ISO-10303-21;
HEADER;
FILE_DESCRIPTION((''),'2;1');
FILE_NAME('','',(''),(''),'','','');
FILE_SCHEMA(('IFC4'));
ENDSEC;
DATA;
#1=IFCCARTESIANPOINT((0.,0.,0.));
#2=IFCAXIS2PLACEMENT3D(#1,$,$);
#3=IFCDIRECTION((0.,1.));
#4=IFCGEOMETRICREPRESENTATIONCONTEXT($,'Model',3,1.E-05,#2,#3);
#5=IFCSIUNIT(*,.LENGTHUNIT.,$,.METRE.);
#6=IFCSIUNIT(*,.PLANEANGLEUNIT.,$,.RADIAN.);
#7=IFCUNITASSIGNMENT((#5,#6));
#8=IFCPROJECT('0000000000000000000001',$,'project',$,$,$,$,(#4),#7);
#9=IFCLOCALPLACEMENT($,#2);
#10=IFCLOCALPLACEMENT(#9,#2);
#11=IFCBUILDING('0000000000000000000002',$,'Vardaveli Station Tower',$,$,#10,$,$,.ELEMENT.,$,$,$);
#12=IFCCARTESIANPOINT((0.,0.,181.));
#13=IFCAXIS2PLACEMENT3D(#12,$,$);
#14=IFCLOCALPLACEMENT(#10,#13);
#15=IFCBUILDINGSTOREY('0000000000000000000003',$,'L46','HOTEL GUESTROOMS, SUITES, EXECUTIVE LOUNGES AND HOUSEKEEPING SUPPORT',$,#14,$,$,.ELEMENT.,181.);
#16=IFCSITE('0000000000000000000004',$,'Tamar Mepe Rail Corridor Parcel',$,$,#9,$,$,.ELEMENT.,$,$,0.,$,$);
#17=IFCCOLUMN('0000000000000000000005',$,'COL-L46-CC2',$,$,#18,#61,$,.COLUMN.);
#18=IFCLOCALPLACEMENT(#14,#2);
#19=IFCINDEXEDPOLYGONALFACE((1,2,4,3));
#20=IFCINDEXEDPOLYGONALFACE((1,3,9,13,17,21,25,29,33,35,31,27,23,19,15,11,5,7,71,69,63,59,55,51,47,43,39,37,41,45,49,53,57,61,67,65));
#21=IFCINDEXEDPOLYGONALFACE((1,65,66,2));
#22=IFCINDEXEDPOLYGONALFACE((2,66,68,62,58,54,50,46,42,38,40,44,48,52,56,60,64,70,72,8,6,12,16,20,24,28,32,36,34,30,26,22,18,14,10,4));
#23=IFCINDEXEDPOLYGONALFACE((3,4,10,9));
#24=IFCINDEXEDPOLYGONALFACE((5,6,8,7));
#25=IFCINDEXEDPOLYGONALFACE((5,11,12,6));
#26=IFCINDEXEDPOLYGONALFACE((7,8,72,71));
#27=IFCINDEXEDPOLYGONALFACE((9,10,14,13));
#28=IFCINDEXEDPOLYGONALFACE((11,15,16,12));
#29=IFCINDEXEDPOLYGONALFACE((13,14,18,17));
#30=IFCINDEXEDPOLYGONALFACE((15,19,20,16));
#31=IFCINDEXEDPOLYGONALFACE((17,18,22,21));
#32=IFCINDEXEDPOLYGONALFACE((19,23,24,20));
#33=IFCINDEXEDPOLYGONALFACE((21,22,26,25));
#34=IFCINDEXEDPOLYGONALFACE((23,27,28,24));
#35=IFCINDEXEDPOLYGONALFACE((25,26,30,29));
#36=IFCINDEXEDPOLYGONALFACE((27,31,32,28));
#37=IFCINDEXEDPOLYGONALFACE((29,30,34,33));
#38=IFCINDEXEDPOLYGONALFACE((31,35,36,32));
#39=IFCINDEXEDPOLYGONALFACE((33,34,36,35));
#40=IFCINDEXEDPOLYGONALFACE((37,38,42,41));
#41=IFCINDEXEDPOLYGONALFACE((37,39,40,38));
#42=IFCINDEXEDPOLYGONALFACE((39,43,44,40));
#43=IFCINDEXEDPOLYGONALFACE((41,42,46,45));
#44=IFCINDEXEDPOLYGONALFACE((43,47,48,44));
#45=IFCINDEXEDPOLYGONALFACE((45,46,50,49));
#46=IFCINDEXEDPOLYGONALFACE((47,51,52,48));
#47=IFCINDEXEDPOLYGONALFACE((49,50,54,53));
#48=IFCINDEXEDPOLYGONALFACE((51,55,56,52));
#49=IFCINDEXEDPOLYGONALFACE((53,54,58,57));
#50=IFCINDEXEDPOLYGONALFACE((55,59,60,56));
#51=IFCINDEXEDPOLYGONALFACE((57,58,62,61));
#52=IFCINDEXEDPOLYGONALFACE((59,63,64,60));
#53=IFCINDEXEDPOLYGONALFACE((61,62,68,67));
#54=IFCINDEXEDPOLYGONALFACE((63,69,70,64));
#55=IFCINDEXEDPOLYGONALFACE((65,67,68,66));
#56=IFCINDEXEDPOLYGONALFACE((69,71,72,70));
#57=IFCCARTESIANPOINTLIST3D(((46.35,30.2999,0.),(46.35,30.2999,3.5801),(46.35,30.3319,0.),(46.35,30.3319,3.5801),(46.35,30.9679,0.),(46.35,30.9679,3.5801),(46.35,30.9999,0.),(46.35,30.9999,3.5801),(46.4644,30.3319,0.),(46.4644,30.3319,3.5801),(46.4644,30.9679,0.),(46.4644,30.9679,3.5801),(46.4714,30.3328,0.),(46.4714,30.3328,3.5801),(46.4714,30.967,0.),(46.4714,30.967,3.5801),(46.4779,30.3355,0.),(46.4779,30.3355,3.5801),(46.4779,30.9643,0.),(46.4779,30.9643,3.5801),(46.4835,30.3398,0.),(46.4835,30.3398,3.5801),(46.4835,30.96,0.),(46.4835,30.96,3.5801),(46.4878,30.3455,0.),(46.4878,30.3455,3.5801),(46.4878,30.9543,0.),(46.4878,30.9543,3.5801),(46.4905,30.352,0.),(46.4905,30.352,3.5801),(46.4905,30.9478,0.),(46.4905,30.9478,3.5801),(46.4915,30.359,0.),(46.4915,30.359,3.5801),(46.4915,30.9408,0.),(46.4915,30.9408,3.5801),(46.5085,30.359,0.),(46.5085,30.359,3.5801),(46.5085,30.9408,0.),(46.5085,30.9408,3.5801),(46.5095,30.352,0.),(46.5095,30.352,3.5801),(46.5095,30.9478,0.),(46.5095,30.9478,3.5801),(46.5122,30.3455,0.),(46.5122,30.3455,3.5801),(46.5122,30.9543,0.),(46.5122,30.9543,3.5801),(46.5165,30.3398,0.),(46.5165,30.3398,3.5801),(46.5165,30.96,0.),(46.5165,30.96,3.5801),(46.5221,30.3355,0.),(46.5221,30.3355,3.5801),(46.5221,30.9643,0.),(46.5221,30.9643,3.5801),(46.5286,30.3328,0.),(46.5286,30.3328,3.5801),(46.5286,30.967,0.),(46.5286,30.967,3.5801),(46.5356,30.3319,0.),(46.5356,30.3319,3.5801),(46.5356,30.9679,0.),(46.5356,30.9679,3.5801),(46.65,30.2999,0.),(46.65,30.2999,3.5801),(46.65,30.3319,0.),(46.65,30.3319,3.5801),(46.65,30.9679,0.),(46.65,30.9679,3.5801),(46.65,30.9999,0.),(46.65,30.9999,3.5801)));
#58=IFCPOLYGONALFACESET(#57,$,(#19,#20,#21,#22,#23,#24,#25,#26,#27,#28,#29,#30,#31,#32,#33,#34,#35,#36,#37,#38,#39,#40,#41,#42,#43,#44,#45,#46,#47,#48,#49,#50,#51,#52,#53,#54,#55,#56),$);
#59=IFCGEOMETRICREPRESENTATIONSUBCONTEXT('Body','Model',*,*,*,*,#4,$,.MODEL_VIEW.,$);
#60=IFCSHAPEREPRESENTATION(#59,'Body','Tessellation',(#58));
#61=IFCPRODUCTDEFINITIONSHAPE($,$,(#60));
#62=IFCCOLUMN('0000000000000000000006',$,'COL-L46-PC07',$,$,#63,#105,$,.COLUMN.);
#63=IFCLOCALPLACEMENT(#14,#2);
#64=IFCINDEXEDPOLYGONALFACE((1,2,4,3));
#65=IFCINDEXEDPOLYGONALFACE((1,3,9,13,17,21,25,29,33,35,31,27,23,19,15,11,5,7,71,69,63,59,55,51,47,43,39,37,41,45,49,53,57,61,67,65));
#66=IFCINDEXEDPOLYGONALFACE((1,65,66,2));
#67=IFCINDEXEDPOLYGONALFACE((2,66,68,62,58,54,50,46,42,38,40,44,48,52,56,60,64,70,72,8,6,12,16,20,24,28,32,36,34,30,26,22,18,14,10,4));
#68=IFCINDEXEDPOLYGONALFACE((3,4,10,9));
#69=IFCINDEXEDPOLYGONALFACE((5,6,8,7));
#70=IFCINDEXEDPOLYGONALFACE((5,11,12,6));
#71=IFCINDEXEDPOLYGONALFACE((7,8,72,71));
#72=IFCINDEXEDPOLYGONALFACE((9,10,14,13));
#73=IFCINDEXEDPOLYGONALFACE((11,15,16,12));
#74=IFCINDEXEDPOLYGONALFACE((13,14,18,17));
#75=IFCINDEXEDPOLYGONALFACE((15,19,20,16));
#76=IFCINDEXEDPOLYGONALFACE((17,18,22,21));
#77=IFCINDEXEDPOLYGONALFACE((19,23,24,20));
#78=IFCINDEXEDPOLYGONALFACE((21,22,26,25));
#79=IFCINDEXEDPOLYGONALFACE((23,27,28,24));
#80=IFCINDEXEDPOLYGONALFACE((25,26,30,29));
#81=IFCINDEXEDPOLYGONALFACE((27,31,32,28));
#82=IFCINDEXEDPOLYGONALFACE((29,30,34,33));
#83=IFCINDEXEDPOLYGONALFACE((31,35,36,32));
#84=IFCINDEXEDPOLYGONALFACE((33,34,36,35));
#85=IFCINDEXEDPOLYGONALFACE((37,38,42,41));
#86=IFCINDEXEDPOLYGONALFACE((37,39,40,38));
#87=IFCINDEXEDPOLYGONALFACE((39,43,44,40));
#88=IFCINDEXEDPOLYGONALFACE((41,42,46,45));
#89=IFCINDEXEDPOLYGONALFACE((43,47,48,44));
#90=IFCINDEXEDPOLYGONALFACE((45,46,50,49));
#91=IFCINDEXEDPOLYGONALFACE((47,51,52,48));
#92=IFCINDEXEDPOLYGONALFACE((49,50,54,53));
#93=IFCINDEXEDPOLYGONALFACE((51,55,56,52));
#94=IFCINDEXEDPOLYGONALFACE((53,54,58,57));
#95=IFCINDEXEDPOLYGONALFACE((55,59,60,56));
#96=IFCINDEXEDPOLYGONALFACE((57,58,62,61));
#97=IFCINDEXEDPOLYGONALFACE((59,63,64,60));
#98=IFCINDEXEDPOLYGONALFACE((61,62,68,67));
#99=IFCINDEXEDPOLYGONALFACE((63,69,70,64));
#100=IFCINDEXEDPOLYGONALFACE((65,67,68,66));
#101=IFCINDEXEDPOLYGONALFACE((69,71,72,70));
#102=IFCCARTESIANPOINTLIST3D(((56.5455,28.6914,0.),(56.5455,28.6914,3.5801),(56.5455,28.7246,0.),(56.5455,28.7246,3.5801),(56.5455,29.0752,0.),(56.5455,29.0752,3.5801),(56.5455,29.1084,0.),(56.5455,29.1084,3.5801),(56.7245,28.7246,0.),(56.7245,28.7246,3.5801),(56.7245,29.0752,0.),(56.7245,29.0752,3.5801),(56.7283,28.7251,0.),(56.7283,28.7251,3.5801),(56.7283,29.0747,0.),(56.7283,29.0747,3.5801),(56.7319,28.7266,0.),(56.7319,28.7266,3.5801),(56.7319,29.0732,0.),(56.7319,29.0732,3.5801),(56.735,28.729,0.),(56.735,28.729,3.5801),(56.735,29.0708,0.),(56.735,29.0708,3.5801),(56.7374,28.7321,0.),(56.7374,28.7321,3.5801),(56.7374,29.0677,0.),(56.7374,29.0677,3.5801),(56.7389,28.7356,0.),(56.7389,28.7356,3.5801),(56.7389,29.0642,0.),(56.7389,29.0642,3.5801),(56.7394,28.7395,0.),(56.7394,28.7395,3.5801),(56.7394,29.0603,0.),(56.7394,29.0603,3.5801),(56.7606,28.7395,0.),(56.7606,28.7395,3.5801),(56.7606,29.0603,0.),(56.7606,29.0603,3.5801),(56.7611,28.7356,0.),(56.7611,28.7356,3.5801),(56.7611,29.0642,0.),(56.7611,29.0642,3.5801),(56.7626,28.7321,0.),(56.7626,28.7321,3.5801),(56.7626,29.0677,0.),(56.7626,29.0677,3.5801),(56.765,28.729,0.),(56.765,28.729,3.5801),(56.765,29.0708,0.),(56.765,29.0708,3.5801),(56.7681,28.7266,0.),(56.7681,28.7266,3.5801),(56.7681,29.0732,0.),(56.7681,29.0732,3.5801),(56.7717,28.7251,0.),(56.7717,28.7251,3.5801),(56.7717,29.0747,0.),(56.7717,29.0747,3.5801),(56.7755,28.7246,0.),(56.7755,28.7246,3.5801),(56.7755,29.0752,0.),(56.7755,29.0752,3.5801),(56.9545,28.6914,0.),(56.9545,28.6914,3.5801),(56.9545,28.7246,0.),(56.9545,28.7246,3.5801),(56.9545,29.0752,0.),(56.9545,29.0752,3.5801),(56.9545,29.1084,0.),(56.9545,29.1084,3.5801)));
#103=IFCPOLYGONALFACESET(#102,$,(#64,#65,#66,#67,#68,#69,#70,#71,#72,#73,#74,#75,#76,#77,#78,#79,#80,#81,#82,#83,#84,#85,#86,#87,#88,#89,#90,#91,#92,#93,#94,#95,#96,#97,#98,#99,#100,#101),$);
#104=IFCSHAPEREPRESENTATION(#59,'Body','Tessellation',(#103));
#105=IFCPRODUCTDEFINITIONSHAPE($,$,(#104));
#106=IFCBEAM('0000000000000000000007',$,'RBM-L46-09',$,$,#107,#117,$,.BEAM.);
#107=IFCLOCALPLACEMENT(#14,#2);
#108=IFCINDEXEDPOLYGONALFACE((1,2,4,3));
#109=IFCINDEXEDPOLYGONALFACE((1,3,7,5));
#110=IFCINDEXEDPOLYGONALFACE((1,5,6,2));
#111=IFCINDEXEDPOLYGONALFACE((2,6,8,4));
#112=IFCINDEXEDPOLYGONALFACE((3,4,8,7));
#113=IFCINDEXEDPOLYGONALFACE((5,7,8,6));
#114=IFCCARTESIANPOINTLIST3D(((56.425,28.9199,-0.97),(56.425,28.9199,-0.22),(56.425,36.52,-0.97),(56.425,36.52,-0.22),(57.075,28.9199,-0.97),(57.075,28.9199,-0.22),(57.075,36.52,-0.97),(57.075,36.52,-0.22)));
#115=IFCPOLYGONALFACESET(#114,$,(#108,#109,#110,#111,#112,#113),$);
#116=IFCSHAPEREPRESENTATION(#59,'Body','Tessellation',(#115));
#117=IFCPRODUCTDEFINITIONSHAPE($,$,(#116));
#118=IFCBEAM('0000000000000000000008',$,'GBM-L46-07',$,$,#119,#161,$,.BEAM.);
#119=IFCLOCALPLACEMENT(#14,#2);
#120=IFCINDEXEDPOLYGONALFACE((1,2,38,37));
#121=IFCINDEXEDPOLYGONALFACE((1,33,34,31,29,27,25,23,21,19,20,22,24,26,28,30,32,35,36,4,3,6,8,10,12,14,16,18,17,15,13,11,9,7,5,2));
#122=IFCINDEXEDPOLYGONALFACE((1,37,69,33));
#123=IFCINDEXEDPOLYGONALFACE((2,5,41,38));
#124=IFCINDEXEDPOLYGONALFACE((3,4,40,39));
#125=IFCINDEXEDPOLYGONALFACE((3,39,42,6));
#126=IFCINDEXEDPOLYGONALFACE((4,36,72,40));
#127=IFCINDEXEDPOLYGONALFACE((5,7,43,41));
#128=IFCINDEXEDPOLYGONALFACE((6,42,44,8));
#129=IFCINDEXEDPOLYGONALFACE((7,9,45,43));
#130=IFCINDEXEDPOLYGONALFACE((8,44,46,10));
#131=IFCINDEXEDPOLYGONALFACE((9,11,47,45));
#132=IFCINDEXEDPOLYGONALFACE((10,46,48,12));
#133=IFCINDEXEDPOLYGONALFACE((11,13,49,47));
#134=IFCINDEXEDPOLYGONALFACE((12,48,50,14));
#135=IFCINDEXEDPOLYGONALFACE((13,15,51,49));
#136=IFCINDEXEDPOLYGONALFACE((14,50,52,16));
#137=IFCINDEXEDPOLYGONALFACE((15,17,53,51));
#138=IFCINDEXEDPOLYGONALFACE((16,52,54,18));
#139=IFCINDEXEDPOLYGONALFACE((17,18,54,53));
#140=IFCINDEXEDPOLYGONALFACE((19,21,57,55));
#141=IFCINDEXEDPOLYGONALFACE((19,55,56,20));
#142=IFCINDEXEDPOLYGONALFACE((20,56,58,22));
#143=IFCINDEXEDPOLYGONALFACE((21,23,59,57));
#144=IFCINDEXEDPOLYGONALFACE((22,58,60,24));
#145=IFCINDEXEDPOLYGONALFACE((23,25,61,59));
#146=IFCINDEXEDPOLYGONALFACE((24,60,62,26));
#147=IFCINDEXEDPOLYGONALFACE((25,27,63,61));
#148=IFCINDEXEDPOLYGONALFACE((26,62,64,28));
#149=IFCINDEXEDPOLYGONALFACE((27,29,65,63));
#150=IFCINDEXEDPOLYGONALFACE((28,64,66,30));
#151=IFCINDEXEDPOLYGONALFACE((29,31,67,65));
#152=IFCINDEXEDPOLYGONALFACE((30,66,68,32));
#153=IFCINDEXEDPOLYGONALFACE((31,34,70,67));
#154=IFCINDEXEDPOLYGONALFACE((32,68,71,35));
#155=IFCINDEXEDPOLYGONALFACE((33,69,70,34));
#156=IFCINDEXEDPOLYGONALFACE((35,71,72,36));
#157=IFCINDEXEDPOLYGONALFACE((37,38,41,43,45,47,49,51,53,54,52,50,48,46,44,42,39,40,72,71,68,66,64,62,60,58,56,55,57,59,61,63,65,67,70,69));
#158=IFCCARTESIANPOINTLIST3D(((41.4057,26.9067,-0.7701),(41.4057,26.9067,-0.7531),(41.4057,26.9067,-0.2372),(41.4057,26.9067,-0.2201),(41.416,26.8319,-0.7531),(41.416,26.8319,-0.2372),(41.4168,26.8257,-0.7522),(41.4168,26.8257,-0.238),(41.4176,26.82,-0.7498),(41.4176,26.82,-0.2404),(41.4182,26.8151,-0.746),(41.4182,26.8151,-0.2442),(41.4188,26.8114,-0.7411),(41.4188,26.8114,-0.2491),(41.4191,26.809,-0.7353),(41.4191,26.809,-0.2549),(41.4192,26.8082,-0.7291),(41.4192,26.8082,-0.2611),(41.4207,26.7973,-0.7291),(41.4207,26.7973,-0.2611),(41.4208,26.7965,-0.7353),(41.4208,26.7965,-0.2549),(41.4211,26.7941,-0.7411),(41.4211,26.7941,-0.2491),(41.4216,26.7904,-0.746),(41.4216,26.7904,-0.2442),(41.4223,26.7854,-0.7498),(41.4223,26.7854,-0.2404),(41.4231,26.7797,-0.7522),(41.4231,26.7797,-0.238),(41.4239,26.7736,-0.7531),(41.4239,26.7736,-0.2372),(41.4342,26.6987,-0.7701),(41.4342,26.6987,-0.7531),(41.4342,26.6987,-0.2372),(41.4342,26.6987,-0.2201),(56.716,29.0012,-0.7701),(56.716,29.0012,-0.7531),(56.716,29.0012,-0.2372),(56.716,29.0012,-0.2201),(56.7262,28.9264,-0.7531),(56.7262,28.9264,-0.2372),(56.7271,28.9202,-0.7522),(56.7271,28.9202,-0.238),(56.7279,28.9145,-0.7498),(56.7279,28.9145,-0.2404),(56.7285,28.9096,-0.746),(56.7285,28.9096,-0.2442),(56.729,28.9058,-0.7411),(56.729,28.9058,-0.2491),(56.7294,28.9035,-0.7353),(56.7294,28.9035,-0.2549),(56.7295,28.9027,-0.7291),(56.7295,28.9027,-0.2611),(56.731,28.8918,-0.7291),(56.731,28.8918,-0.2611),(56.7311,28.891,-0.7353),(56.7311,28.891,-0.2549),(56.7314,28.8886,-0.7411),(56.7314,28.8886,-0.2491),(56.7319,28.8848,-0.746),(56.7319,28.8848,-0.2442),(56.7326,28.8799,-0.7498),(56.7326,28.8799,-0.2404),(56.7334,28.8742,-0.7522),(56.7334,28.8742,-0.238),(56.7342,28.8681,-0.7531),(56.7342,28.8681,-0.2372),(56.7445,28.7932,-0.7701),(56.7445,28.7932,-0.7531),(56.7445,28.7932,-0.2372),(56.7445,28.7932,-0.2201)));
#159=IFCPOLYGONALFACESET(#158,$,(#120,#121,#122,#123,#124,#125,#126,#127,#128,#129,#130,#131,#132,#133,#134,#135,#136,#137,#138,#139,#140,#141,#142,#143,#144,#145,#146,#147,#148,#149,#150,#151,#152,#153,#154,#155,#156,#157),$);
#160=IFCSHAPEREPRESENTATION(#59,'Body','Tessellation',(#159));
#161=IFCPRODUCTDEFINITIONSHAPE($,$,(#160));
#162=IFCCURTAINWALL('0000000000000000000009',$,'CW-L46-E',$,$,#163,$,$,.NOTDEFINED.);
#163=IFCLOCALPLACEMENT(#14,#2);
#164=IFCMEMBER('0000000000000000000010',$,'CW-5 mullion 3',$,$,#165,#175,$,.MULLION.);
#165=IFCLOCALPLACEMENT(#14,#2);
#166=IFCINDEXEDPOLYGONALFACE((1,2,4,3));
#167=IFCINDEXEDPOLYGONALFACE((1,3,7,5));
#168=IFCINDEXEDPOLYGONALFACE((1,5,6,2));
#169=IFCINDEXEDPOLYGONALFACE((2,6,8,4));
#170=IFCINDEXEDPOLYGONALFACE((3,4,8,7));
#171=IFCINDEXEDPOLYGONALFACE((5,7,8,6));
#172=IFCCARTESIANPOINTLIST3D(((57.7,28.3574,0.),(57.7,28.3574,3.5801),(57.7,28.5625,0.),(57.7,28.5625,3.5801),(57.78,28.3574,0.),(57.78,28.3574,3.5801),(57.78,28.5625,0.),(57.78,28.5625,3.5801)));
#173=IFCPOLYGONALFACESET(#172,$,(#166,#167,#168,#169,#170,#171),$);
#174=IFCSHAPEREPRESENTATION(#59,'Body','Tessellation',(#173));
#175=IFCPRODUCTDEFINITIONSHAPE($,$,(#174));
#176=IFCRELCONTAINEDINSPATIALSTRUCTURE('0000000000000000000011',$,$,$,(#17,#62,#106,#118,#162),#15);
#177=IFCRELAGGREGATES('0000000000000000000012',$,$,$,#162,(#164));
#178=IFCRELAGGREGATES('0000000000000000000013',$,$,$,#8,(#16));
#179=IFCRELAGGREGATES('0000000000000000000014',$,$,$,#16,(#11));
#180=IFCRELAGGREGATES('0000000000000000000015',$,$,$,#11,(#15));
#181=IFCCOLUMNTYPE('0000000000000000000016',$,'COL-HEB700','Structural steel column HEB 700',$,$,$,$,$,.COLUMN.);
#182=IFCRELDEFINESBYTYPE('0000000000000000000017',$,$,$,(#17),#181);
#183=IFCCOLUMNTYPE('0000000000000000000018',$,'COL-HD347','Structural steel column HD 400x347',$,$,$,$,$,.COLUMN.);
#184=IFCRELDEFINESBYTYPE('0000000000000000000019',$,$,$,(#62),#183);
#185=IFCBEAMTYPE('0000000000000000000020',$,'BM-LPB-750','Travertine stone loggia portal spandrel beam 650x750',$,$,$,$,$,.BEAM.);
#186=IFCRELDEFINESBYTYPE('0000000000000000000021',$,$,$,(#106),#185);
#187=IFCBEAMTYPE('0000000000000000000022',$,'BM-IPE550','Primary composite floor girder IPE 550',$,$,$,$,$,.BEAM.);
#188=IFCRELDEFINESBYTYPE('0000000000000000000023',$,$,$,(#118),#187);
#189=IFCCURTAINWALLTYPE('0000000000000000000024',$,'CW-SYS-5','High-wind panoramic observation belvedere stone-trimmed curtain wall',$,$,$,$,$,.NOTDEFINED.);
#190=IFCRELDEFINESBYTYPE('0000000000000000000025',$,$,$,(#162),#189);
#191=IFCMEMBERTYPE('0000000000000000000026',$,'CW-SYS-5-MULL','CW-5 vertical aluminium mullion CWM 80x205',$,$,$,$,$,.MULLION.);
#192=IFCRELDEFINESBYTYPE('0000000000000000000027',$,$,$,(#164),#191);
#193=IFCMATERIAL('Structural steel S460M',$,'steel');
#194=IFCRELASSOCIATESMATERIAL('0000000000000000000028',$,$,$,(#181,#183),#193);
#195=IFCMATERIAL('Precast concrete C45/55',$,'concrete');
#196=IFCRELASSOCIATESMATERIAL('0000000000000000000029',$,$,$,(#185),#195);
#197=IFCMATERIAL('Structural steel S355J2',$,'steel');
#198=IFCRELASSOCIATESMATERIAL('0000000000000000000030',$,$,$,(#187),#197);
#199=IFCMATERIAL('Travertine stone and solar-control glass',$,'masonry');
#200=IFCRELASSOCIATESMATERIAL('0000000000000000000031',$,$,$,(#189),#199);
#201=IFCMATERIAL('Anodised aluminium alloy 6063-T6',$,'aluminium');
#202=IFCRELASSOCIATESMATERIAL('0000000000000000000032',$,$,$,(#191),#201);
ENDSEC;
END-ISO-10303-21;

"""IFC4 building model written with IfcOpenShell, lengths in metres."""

from ifc_helpers import new_model, si_unit, direction, frame, origin, origin_2d, place, context, subcontext, project, spatial, rectangle, i_section, extrude, source, transform, mapped, material, material_profile, profile_set, type_object, element, aggregate, save


model = new_model("IFC4")

# Units and contexts
model_context = context("Model", 3, precision=1e-05, world=origin(), true_north=direction((0.0, 1.0)))
body_context = subcontext(model_context, "Body", "Model", "MODEL_VIEW")
ifc_project = project(units=[si_unit("LENGTHUNIT", "METRE"), si_unit("PLANEANGLEUNIT", "RADIAN")], contexts=[model_context])

# Site, building, storey
site_placement = place(None, origin())
site = spatial("IfcSite", under=ifc_project, at=site_placement, Name="Tamar Mepe Rail Corridor Parcel", CompositionType="ELEMENT", RefElevation=0.0)
building_placement = place(site_placement, origin())
building = spatial("IfcBuilding", under=site, at=building_placement, Name="Vardaveli Station Tower", CompositionType="ELEMENT")
storey_placement = place(building_placement, frame((0.0, 0.0, 181.0)))
storey = spatial("IfcBuildingStorey", under=building, at=storey_placement, Name="L46", Description="HOTEL GUESTROOMS, SUITES, EXECUTIVE LOUNGES AND HOUSEKEEPING SUPPORT", CompositionType="ELEMENT", Elevation=181.0)

# Columns
ifc_material_1 = material(Name="Structural steel S460M", Category="steel")
ifc_material_profile_1 = material_profile(ifc_material_1, i_section(OverallWidth=0.3, OverallDepth=0.7, WebThickness=0.0171, FlangeThickness=0.032, FilletRadius=0.0271, at=origin_2d()), Name="HEB 700")
ifc_profile_set_1 = profile_set([ifc_material_profile_1], Name="Structural steel S460M")
column_type_1 = type_object("IfcColumnType", Name="COL-HEB700", Description="Structural steel column HEB 700", PredefinedType="COLUMN", material=ifc_profile_set_1)
shared_shape_1 = source(origin(), body_context, "Body", "SweptSolid", [
    extrude(i_section(OverallWidth=0.3, OverallDepth=0.7, WebThickness=0.0171, FlangeThickness=0.032, FilletRadius=0.0271, at=origin_2d()), origin(), (0.0, 0.0, 1.0), 3.5801),
])
column_1_placement = place(storey_placement, frame((46.5, 30.6499, 0.0), z_axis=(0.0, 0.0, 1.0), x_axis=(1.0, 0.0, 0.0)))
element("IfcColumn", 1, at=column_1_placement, inside=storey, type_object=column_type_1, Name="COL-L46-CC2", PredefinedType="COLUMN", context=body_context, shape_type="MappedRepresentation", body=[
    mapped(shared_shape_1, transform((0.0, 0.0, 0.0), scale=1.0)),
])
ifc_material_profile_2 = material_profile(ifc_material_1, i_section(OverallWidth=0.4089, OverallDepth=0.417, WebThickness=0.0212, FlangeThickness=0.0332, FilletRadius=0.0149, at=origin_2d()), Name="HD 400x347")
ifc_profile_set_2 = profile_set([ifc_material_profile_2], Name="Structural steel S460M")
column_type_2 = type_object("IfcColumnType", Name="COL-HD347", Description="Structural steel column HD 400x347", PredefinedType="COLUMN", material=ifc_profile_set_2)
shared_shape_2 = source(origin(), body_context, "Body", "SweptSolid", [
    extrude(i_section(OverallWidth=0.4089, OverallDepth=0.417, WebThickness=0.0212, FlangeThickness=0.0332, FilletRadius=0.0149, at=origin_2d()), origin(), (0.0, 0.0, 1.0), 3.5801),
])
column_2_placement = place(storey_placement, frame((56.75, 28.8999, 0.0), z_axis=(0.0, 0.0, 1.0), x_axis=(1.0, 0.0, 0.0)))
element("IfcColumn", 2, at=column_2_placement, inside=storey, type_object=column_type_2, Name="COL-L46-PC07", PredefinedType="COLUMN", context=body_context, shape_type="MappedRepresentation", body=[
    mapped(shared_shape_2, transform((0.0, 0.0, 0.0), scale=1.0)),
])

# Beams
ifc_material_2 = material(Name="Precast concrete C45/55", Category="concrete")
ifc_material_profile_3 = material_profile(ifc_material_2, rectangle(XDim=0.6499, YDim=0.75, at=origin_2d()), Name="LPB 650x750")
ifc_profile_set_3 = profile_set([ifc_material_profile_3], Name="Precast concrete C45/55")
beam_type_1 = type_object("IfcBeamType", Name="BM-LPB-750", Description="Travertine stone loggia portal spandrel beam 650x750", PredefinedType="BEAM", material=ifc_profile_set_3)
shared_shape_3 = source(origin(), body_context, "Body", "SweptSolid", [
    extrude(rectangle(XDim=0.6499, YDim=0.75, at=origin_2d()), origin(), (0.0, 0.0, 1.0), 7.6001),
])
beam_1_placement = place(storey_placement, frame((56.75, 28.9199, -0.595), z_axis=(0.0, 1.0, 0.0), x_axis=(-1.0, 0.0, 0.0)))
element("IfcBeam", 3, at=beam_1_placement, inside=storey, type_object=beam_type_1, Name="RBM-L46-09", PredefinedType="BEAM", context=body_context, shape_type="MappedRepresentation", body=[
    mapped(shared_shape_3, transform((0.0, 0.0, 0.0), scale=1.0)),
])
ifc_material_3 = material(Name="Structural steel S355J2", Category="steel")
ifc_material_profile_4 = material_profile(ifc_material_3, i_section(OverallWidth=0.21, OverallDepth=0.55, WebThickness=0.011, FlangeThickness=0.0171, FilletRadius=0.0239, at=origin_2d()), Name="IPE 550")
ifc_profile_set_4 = profile_set([ifc_material_profile_4], Name="Structural steel S355J2")
beam_type_2 = type_object("IfcBeamType", Name="BM-IPE550", Description="Primary composite floor girder IPE 550", PredefinedType="BEAM", material=ifc_profile_set_4)
shared_shape_4 = source(origin(), body_context, "Body", "SweptSolid", [
    extrude(i_section(OverallWidth=0.21, OverallDepth=0.55, WebThickness=0.011, FlangeThickness=0.0171, FilletRadius=0.0239, at=origin_2d()), origin(), (0.0, 0.0, 1.0), 15.4529),
])
beam_2_placement = place(storey_placement, frame((56.7302, 28.8972, -0.4951), z_axis=(-0.990772, -0.13554, 0.0), x_axis=(0.13554, -0.990772, 0.0)))
element("IfcBeam", 4, at=beam_2_placement, inside=storey, type_object=beam_type_2, Name="GBM-L46-07", PredefinedType="BEAM", context=body_context, shape_type="MappedRepresentation", body=[
    mapped(shared_shape_4, transform((0.0, 0.0, 0.0), scale=1.0)),
])

# Curtain wall, member
ifc_material_4 = material(Name="Travertine stone and solar-control glass", Category="masonry")
curtain_wall_type = type_object("IfcCurtainWallType", Name="CW-SYS-5", Description="High-wind panoramic observation belvedere stone-trimmed curtain wall", PredefinedType="NOTDEFINED", material=ifc_material_4)
curtain_wall_placement = place(storey_placement, origin())
curtain_wall = element("IfcCurtainWall", 5, at=curtain_wall_placement, inside=storey, type_object=curtain_wall_type, Name="CW-L46-E", PredefinedType="NOTDEFINED")
ifc_material_5 = material(Name="Anodised aluminium alloy 6063-T6", Category="aluminium")
ifc_material_profile_5 = material_profile(ifc_material_5, rectangle(XDim=0.0801, YDim=0.2051, at=origin_2d()), Name="CWM 80x205")
ifc_profile_set_5 = profile_set([ifc_material_profile_5], Name="Anodised aluminium alloy 6063-T6")
member_type = type_object("IfcMemberType", Name="CW-SYS-5-MULL", Description="CW-5 vertical aluminium mullion CWM 80x205", PredefinedType="MULLION", material=ifc_profile_set_5)
shared_shape_5 = source(origin(), body_context, "Body", "SweptSolid", [
    extrude(rectangle(XDim=0.0801, YDim=0.2051, at=origin_2d()), origin(), (0.0, 0.0, 1.0), 3.5801),
])
member_placement = place(storey_placement, frame((57.74, 28.46, 0.0), z_axis=(0.0, 0.0, 1.0), x_axis=(-1.0, 0.0, 0.0)))
member = element("IfcMember", 6, at=member_placement, type_object=member_type, Name="CW-5 mullion 3", PredefinedType="MULLION", context=body_context, shape_type="MappedRepresentation", body=[
    mapped(shared_shape_5, transform((0.0, 0.0, 0.0), scale=1.0)),
])
aggregate(curtain_wall, [member])

save(model, "model.ifc")
